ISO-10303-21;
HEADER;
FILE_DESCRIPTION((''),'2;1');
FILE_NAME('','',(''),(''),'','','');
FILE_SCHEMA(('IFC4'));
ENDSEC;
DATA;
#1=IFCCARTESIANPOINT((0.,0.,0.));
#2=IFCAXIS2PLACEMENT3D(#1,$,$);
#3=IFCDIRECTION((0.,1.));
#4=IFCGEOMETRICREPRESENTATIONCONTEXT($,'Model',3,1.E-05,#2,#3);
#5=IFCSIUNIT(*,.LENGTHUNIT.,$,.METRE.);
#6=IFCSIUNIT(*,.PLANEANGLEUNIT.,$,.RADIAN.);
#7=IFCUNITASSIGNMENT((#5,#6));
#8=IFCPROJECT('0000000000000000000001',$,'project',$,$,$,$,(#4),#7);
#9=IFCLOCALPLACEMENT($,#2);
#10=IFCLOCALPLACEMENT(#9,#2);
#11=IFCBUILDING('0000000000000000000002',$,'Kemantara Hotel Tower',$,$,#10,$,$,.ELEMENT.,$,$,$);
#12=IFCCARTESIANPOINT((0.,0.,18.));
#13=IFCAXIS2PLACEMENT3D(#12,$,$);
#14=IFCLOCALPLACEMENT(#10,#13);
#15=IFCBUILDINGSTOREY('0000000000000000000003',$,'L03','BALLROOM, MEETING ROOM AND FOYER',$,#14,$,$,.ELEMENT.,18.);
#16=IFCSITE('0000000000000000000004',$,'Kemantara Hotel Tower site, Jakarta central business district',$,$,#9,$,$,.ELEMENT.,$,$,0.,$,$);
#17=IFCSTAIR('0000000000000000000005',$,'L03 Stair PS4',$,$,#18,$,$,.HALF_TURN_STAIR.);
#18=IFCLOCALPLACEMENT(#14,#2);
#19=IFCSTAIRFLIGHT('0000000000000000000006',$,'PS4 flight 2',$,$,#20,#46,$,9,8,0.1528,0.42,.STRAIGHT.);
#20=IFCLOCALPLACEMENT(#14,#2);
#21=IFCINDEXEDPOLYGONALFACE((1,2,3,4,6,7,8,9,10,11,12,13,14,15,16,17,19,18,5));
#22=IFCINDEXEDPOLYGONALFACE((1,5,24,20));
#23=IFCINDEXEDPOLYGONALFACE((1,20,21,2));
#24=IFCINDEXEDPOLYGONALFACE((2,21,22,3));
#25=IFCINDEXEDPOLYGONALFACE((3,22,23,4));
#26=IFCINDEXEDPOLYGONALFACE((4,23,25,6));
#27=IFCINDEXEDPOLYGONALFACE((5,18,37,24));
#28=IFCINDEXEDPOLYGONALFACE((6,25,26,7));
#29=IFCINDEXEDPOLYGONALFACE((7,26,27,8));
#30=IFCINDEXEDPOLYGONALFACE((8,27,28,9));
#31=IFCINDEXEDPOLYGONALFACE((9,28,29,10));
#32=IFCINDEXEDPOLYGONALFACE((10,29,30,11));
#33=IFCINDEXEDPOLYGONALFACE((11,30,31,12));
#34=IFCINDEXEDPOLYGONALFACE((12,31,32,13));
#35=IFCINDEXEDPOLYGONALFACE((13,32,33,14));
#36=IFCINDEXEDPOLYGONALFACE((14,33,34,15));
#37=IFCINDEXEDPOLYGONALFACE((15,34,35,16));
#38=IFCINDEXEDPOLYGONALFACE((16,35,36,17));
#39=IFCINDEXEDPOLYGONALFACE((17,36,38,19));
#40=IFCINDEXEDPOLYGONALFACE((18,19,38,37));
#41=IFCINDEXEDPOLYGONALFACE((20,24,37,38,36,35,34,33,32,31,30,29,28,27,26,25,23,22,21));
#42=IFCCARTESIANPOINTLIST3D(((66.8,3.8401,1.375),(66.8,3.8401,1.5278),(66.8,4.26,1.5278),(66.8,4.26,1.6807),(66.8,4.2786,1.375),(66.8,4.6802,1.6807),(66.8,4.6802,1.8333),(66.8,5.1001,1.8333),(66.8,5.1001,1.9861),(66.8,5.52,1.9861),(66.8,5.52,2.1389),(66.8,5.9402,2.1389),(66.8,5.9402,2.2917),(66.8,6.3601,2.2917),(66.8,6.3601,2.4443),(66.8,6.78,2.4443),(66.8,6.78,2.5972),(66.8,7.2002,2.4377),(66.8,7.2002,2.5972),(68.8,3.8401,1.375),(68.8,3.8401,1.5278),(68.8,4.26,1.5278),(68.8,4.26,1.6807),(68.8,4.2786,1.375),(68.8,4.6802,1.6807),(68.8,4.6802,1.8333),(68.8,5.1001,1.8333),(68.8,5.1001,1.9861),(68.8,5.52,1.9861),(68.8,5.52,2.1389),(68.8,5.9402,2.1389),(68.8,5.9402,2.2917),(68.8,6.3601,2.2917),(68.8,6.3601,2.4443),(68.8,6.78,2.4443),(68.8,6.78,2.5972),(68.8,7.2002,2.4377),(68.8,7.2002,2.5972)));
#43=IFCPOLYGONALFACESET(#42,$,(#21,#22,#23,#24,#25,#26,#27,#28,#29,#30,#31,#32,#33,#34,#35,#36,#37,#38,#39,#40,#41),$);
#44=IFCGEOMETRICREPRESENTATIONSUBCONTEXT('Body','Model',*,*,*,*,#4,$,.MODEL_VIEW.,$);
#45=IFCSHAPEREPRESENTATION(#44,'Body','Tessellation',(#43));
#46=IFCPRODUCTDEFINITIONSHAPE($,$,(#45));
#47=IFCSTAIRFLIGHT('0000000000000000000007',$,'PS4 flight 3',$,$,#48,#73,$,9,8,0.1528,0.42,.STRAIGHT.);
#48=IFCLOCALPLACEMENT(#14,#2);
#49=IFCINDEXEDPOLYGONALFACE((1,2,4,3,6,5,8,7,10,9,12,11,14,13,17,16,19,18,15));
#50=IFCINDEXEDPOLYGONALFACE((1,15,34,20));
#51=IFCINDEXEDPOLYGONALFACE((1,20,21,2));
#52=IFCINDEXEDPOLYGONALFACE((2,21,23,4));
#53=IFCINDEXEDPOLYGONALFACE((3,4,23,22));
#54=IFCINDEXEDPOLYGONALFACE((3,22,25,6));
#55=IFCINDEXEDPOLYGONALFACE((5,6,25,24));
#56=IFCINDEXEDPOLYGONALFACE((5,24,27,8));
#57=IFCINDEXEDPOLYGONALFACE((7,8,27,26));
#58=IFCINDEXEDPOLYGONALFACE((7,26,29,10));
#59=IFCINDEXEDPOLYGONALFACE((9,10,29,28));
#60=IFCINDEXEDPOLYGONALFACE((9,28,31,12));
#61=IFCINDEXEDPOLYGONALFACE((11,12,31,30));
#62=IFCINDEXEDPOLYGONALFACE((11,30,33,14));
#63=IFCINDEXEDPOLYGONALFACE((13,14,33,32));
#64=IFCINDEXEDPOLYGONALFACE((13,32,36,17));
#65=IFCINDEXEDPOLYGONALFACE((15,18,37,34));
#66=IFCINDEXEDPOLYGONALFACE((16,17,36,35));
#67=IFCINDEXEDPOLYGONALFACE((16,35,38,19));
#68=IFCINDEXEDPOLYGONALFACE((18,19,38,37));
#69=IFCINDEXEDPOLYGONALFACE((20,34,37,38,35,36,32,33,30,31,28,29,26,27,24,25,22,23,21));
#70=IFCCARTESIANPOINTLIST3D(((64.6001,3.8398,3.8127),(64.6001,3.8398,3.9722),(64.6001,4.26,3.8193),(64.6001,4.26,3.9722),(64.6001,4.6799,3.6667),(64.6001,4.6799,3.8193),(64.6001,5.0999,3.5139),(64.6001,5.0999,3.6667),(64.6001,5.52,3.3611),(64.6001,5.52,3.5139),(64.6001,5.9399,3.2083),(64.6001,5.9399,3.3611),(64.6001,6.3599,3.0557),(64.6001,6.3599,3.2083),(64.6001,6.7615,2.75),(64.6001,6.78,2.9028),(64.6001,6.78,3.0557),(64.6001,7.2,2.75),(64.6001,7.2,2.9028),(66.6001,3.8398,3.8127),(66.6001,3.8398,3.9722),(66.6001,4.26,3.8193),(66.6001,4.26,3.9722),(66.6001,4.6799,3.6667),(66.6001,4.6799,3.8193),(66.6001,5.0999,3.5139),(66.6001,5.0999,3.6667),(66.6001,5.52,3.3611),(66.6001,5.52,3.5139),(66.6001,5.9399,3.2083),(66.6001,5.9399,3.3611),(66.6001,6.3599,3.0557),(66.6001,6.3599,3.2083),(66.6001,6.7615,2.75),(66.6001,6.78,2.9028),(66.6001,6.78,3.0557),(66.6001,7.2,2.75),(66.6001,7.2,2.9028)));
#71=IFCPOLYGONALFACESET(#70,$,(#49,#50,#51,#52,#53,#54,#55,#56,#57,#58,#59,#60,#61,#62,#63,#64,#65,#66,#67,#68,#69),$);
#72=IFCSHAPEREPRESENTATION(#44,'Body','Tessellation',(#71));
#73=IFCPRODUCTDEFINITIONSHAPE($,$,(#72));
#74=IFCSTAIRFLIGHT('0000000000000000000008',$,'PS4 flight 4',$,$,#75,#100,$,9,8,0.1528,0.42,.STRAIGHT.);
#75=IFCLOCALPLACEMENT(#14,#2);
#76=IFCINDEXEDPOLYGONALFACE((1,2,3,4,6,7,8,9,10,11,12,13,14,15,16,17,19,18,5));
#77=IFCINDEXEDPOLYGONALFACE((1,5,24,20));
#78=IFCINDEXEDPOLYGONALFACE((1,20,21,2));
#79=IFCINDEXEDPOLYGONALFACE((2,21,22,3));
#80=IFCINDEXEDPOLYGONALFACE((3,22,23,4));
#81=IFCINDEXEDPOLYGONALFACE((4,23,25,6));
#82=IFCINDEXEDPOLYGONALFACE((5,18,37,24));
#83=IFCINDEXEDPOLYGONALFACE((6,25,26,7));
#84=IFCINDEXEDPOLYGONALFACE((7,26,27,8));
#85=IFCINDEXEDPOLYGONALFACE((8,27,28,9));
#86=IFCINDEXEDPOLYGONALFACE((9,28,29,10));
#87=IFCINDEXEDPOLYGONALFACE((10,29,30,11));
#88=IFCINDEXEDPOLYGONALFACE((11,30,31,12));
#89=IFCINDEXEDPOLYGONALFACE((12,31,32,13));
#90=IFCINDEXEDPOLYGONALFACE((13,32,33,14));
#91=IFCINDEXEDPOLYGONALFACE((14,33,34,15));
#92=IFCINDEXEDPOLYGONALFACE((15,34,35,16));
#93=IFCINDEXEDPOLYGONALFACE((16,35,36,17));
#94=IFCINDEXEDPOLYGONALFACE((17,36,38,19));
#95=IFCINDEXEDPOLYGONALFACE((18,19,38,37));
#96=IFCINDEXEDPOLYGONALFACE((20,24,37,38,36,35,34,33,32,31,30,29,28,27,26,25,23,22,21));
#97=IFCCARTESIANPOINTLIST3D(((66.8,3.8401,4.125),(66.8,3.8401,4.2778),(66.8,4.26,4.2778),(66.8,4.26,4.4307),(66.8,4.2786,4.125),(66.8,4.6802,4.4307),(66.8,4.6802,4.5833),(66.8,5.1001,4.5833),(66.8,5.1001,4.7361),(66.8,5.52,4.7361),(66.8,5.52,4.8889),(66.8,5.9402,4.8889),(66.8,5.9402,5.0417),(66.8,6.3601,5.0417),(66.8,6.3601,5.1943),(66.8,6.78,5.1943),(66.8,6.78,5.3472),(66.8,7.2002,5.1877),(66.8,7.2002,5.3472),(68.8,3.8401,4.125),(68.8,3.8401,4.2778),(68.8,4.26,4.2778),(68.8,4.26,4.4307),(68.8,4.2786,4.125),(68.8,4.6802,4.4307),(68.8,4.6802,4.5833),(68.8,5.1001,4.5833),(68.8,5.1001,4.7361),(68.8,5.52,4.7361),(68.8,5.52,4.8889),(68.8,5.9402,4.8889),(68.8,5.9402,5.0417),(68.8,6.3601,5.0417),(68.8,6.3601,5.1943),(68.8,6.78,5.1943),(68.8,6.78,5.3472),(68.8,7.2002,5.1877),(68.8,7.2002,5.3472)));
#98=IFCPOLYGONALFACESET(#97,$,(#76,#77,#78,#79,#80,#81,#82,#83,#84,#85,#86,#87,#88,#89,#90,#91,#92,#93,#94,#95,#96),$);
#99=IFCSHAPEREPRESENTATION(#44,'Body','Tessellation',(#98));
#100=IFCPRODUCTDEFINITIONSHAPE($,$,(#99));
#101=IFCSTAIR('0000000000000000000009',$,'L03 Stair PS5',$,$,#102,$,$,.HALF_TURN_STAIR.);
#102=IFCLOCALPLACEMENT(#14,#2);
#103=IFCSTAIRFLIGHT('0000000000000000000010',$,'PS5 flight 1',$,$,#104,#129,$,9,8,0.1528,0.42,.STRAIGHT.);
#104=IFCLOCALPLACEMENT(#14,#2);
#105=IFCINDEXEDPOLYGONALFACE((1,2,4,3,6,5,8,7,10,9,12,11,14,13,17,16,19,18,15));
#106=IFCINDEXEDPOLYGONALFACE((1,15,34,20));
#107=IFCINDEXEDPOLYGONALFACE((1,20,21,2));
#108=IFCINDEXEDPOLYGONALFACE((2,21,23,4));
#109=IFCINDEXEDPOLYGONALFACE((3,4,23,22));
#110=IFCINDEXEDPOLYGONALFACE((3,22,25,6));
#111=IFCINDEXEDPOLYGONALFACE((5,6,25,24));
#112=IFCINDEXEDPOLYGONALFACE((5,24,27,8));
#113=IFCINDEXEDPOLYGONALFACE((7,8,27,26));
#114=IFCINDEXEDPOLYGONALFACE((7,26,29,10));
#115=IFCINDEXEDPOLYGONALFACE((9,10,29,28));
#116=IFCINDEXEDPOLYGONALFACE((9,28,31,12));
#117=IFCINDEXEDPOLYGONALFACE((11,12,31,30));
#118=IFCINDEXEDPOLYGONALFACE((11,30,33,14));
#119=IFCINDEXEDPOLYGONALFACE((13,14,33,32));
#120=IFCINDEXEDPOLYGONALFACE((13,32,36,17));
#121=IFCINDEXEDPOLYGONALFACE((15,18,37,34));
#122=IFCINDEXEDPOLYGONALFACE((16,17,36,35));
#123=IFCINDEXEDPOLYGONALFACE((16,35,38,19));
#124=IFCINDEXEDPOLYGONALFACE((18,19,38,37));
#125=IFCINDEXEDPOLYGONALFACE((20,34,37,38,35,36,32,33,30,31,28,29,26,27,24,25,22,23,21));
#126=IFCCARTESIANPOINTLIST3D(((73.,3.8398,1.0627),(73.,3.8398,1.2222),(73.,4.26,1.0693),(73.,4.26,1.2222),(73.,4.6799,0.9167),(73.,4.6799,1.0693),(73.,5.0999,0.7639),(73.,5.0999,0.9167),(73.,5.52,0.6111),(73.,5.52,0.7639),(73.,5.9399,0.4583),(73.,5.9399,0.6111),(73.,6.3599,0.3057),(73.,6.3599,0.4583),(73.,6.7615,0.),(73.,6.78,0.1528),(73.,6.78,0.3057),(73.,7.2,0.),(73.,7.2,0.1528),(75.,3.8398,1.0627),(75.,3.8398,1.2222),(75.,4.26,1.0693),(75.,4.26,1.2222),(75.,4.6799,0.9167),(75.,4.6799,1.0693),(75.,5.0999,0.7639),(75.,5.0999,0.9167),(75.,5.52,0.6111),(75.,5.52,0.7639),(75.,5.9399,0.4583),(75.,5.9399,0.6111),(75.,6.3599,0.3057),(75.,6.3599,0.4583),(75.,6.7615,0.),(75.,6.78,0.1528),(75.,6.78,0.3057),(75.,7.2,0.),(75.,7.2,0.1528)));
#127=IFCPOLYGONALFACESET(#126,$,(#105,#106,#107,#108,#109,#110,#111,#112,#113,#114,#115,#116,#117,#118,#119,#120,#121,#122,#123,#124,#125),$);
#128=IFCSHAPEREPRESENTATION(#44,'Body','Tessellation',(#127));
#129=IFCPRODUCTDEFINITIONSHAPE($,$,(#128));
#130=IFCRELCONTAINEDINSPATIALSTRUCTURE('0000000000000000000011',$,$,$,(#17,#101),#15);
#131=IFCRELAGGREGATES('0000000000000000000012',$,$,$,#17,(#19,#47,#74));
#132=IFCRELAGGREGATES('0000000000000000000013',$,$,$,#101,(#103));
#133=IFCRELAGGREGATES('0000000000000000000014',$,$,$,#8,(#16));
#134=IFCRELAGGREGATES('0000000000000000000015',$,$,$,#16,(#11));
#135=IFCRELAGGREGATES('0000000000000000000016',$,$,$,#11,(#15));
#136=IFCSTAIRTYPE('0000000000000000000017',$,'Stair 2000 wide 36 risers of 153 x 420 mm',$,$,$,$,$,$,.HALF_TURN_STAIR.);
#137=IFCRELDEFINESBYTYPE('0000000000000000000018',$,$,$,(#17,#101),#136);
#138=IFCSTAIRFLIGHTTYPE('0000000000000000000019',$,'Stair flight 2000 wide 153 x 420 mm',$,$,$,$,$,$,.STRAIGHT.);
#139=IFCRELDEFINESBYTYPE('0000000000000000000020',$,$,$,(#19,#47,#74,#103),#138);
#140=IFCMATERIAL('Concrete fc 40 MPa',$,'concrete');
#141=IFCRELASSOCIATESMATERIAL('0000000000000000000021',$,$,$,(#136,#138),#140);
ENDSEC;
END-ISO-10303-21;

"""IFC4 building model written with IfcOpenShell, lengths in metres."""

from ifc_helpers import new_model, si_unit, direction, frame, origin, place, context, subcontext, project, spatial, polyline, outline, extrude, material, type_object, element, aggregate, save


model = new_model("IFC4")

# Units and contexts
model_context = context("Model", 3, precision=1e-05, world=origin(), true_north=direction((0.0, 1.0)))
body_context = subcontext(model_context, "Body", "Model", "MODEL_VIEW")
ifc_project = project(units=[si_unit("LENGTHUNIT", "METRE"), si_unit("PLANEANGLEUNIT", "RADIAN")], contexts=[model_context])

# Site, building, storey
site_placement = place(None, origin())
site = spatial("IfcSite", under=ifc_project, at=site_placement, Name="Kemantara Hotel Tower site, Jakarta central business district", CompositionType="ELEMENT", RefElevation=0.0)
building_placement = place(site_placement, origin())
building = spatial("IfcBuilding", under=site, at=building_placement, Name="Kemantara Hotel Tower", CompositionType="ELEMENT")
storey_placement = place(building_placement, frame((0.0, 0.0, 18.0)))
storey = spatial("IfcBuildingStorey", under=building, at=storey_placement, Name="L03", Description="BALLROOM, MEETING ROOM AND FOYER", CompositionType="ELEMENT", Elevation=18.0)

# Shared definitions
ifc_material_1 = material(Name="Concrete fc 40 MPa", Category="concrete")

# Stair, stair flights
stair_type = type_object("IfcStairType", Name="Stair 2000 wide 36 risers of 153 x 420 mm", PredefinedType="HALF_TURN_STAIR", material=ifc_material_1)
stair_1_placement = place(storey_placement, origin())
stair_1 = element("IfcStair", 1, at=stair_1_placement, inside=storey, type_object=stair_type, Name="L03 Stair PS4", PredefinedType="HALF_TURN_STAIR")
stair_flight_type = type_object("IfcStairFlightType", Name="Stair flight 2000 wide 153 x 420 mm", PredefinedType="STRAIGHT", material=ifc_material_1)
stair_flight_1_placement = place(storey_placement, frame((67.8, 3.8401, 1.375), z_axis=(0.0, 0.0, 1.0), x_axis=(0.0, 1.0, 0.0)))
stair_flight_1 = element("IfcStairFlight", 2, at=stair_flight_1_placement, type_object=stair_flight_type, Name="PS4 flight 2", NumberOfRisers=9, NumberOfTreads=8, PredefinedType="STRAIGHT", RiserHeight=0.1528, TreadLength=0.42, context=body_context, shape_type="SweptSolid", body=[
    extrude(outline(polyline([(0.0, 0.0), (0.0, 0.1528), (0.4199, 0.1528), (0.4199, 0.3057), (0.8401, 0.3057), (0.8401, 0.4583), (1.26, 0.4583), (1.26, 0.6111), (1.6799, 0.6111), (1.6799, 0.7639), (2.1001, 0.7639), (2.1001, 0.9167), (2.52, 0.9167), (2.52, 1.0693), (2.9399, 1.0693), (2.9399, 1.2222), (3.3601, 1.2222), (3.3601, 1.375), (3.3601, 1.0627), (0.4385, 0.0), (0.0, 0.0)])), frame((0.0, 1.0, 0.0), z_axis=(0.0, -1.0, 0.0), x_axis=(1.0, 0.0, 0.0)), (0.0, 0.0, 1.0), 2.0),
])
stair_flight_2_placement = place(storey_placement, frame((65.6001, 7.2, 2.75), z_axis=(0.0, 0.0, 1.0), x_axis=(0.0, -1.0, 0.0)))
stair_flight_2 = element("IfcStairFlight", 3, at=stair_flight_2_placement, type_object=stair_flight_type, Name="PS4 flight 3", NumberOfRisers=9, NumberOfTreads=8, PredefinedType="STRAIGHT", RiserHeight=0.1528, TreadLength=0.42, context=body_context, shape_type="SweptSolid", body=[
    extrude(outline(polyline([(0.0, 0.0), (0.0, 0.1528), (0.4199, 0.1528), (0.4199, 0.3057), (0.8401, 0.3057), (0.8401, 0.4583), (1.26, 0.4583), (1.26, 0.6111), (1.6799, 0.6111), (1.6799, 0.7639), (2.1001, 0.7639), (2.1001, 0.9167), (2.52, 0.9167), (2.52, 1.0693), (2.9399, 1.0693), (2.9399, 1.2222), (3.3601, 1.2222), (3.3601, 1.375), (3.3601, 1.0627), (0.4385, 0.0), (0.0, 0.0)])), frame((0.0, 1.0, 0.0), z_axis=(0.0, -1.0, 0.0), x_axis=(1.0, 0.0, 0.0)), (0.0, 0.0, 1.0), 2.0),
])
stair_flight_3_placement = place(storey_placement, frame((67.8, 3.8401, 4.125), z_axis=(0.0, 0.0, 1.0), x_axis=(0.0, 1.0, 0.0)))
stair_flight_3 = element("IfcStairFlight", 4, at=stair_flight_3_placement, type_object=stair_flight_type, Name="PS4 flight 4", NumberOfRisers=9, NumberOfTreads=8, PredefinedType="STRAIGHT", RiserHeight=0.1528, TreadLength=0.42, context=body_context, shape_type="SweptSolid", body=[
    extrude(outline(polyline([(0.0, 0.0), (0.0, 0.1528), (0.4199, 0.1528), (0.4199, 0.3057), (0.8401, 0.3057), (0.8401, 0.4583), (1.26, 0.4583), (1.26, 0.6111), (1.6799, 0.6111), (1.6799, 0.7639), (2.1001, 0.7639), (2.1001, 0.9167), (2.52, 0.9167), (2.52, 1.0693), (2.9399, 1.0693), (2.9399, 1.2222), (3.3601, 1.2222), (3.3601, 1.375), (3.3601, 1.0627), (0.4385, 0.0), (0.0, 0.0)])), frame((0.0, 1.0, 0.0), z_axis=(0.0, -1.0, 0.0), x_axis=(1.0, 0.0, 0.0)), (0.0, 0.0, 1.0), 2.0),
])
aggregate(stair_1, [stair_flight_1, stair_flight_2, stair_flight_3])

# Stair, stair flight
stair_2_placement = place(storey_placement, origin())
stair_2 = element("IfcStair", 5, at=stair_2_placement, inside=storey, type_object=stair_type, Name="L03 Stair PS5", PredefinedType="HALF_TURN_STAIR")
stair_flight_4_placement = place(storey_placement, frame((74.0, 7.2, 0.0), z_axis=(0.0, 0.0, 1.0), x_axis=(0.0, -1.0, 0.0)))
stair_flight_4 = element("IfcStairFlight", 6, at=stair_flight_4_placement, type_object=stair_flight_type, Name="PS5 flight 1", NumberOfRisers=9, NumberOfTreads=8, PredefinedType="STRAIGHT", RiserHeight=0.1528, TreadLength=0.42, context=body_context, shape_type="SweptSolid", body=[
    extrude(outline(polyline([(0.0, 0.0), (0.0, 0.1528), (0.4199, 0.1528), (0.4199, 0.3057), (0.8401, 0.3057), (0.8401, 0.4583), (1.26, 0.4583), (1.26, 0.6111), (1.6799, 0.6111), (1.6799, 0.7639), (2.1001, 0.7639), (2.1001, 0.9167), (2.52, 0.9167), (2.52, 1.0693), (2.9399, 1.0693), (2.9399, 1.2222), (3.3601, 1.2222), (3.3601, 1.375), (3.3601, 1.0627), (0.4385, 0.0), (0.0, 0.0)])), frame((0.0, 1.0, 0.0), z_axis=(0.0, -1.0, 0.0), x_axis=(1.0, 0.0, 0.0)), (0.0, 0.0, 1.0), 2.0),
])
aggregate(stair_2, [stair_flight_4])

save(model, "model.ifc")
